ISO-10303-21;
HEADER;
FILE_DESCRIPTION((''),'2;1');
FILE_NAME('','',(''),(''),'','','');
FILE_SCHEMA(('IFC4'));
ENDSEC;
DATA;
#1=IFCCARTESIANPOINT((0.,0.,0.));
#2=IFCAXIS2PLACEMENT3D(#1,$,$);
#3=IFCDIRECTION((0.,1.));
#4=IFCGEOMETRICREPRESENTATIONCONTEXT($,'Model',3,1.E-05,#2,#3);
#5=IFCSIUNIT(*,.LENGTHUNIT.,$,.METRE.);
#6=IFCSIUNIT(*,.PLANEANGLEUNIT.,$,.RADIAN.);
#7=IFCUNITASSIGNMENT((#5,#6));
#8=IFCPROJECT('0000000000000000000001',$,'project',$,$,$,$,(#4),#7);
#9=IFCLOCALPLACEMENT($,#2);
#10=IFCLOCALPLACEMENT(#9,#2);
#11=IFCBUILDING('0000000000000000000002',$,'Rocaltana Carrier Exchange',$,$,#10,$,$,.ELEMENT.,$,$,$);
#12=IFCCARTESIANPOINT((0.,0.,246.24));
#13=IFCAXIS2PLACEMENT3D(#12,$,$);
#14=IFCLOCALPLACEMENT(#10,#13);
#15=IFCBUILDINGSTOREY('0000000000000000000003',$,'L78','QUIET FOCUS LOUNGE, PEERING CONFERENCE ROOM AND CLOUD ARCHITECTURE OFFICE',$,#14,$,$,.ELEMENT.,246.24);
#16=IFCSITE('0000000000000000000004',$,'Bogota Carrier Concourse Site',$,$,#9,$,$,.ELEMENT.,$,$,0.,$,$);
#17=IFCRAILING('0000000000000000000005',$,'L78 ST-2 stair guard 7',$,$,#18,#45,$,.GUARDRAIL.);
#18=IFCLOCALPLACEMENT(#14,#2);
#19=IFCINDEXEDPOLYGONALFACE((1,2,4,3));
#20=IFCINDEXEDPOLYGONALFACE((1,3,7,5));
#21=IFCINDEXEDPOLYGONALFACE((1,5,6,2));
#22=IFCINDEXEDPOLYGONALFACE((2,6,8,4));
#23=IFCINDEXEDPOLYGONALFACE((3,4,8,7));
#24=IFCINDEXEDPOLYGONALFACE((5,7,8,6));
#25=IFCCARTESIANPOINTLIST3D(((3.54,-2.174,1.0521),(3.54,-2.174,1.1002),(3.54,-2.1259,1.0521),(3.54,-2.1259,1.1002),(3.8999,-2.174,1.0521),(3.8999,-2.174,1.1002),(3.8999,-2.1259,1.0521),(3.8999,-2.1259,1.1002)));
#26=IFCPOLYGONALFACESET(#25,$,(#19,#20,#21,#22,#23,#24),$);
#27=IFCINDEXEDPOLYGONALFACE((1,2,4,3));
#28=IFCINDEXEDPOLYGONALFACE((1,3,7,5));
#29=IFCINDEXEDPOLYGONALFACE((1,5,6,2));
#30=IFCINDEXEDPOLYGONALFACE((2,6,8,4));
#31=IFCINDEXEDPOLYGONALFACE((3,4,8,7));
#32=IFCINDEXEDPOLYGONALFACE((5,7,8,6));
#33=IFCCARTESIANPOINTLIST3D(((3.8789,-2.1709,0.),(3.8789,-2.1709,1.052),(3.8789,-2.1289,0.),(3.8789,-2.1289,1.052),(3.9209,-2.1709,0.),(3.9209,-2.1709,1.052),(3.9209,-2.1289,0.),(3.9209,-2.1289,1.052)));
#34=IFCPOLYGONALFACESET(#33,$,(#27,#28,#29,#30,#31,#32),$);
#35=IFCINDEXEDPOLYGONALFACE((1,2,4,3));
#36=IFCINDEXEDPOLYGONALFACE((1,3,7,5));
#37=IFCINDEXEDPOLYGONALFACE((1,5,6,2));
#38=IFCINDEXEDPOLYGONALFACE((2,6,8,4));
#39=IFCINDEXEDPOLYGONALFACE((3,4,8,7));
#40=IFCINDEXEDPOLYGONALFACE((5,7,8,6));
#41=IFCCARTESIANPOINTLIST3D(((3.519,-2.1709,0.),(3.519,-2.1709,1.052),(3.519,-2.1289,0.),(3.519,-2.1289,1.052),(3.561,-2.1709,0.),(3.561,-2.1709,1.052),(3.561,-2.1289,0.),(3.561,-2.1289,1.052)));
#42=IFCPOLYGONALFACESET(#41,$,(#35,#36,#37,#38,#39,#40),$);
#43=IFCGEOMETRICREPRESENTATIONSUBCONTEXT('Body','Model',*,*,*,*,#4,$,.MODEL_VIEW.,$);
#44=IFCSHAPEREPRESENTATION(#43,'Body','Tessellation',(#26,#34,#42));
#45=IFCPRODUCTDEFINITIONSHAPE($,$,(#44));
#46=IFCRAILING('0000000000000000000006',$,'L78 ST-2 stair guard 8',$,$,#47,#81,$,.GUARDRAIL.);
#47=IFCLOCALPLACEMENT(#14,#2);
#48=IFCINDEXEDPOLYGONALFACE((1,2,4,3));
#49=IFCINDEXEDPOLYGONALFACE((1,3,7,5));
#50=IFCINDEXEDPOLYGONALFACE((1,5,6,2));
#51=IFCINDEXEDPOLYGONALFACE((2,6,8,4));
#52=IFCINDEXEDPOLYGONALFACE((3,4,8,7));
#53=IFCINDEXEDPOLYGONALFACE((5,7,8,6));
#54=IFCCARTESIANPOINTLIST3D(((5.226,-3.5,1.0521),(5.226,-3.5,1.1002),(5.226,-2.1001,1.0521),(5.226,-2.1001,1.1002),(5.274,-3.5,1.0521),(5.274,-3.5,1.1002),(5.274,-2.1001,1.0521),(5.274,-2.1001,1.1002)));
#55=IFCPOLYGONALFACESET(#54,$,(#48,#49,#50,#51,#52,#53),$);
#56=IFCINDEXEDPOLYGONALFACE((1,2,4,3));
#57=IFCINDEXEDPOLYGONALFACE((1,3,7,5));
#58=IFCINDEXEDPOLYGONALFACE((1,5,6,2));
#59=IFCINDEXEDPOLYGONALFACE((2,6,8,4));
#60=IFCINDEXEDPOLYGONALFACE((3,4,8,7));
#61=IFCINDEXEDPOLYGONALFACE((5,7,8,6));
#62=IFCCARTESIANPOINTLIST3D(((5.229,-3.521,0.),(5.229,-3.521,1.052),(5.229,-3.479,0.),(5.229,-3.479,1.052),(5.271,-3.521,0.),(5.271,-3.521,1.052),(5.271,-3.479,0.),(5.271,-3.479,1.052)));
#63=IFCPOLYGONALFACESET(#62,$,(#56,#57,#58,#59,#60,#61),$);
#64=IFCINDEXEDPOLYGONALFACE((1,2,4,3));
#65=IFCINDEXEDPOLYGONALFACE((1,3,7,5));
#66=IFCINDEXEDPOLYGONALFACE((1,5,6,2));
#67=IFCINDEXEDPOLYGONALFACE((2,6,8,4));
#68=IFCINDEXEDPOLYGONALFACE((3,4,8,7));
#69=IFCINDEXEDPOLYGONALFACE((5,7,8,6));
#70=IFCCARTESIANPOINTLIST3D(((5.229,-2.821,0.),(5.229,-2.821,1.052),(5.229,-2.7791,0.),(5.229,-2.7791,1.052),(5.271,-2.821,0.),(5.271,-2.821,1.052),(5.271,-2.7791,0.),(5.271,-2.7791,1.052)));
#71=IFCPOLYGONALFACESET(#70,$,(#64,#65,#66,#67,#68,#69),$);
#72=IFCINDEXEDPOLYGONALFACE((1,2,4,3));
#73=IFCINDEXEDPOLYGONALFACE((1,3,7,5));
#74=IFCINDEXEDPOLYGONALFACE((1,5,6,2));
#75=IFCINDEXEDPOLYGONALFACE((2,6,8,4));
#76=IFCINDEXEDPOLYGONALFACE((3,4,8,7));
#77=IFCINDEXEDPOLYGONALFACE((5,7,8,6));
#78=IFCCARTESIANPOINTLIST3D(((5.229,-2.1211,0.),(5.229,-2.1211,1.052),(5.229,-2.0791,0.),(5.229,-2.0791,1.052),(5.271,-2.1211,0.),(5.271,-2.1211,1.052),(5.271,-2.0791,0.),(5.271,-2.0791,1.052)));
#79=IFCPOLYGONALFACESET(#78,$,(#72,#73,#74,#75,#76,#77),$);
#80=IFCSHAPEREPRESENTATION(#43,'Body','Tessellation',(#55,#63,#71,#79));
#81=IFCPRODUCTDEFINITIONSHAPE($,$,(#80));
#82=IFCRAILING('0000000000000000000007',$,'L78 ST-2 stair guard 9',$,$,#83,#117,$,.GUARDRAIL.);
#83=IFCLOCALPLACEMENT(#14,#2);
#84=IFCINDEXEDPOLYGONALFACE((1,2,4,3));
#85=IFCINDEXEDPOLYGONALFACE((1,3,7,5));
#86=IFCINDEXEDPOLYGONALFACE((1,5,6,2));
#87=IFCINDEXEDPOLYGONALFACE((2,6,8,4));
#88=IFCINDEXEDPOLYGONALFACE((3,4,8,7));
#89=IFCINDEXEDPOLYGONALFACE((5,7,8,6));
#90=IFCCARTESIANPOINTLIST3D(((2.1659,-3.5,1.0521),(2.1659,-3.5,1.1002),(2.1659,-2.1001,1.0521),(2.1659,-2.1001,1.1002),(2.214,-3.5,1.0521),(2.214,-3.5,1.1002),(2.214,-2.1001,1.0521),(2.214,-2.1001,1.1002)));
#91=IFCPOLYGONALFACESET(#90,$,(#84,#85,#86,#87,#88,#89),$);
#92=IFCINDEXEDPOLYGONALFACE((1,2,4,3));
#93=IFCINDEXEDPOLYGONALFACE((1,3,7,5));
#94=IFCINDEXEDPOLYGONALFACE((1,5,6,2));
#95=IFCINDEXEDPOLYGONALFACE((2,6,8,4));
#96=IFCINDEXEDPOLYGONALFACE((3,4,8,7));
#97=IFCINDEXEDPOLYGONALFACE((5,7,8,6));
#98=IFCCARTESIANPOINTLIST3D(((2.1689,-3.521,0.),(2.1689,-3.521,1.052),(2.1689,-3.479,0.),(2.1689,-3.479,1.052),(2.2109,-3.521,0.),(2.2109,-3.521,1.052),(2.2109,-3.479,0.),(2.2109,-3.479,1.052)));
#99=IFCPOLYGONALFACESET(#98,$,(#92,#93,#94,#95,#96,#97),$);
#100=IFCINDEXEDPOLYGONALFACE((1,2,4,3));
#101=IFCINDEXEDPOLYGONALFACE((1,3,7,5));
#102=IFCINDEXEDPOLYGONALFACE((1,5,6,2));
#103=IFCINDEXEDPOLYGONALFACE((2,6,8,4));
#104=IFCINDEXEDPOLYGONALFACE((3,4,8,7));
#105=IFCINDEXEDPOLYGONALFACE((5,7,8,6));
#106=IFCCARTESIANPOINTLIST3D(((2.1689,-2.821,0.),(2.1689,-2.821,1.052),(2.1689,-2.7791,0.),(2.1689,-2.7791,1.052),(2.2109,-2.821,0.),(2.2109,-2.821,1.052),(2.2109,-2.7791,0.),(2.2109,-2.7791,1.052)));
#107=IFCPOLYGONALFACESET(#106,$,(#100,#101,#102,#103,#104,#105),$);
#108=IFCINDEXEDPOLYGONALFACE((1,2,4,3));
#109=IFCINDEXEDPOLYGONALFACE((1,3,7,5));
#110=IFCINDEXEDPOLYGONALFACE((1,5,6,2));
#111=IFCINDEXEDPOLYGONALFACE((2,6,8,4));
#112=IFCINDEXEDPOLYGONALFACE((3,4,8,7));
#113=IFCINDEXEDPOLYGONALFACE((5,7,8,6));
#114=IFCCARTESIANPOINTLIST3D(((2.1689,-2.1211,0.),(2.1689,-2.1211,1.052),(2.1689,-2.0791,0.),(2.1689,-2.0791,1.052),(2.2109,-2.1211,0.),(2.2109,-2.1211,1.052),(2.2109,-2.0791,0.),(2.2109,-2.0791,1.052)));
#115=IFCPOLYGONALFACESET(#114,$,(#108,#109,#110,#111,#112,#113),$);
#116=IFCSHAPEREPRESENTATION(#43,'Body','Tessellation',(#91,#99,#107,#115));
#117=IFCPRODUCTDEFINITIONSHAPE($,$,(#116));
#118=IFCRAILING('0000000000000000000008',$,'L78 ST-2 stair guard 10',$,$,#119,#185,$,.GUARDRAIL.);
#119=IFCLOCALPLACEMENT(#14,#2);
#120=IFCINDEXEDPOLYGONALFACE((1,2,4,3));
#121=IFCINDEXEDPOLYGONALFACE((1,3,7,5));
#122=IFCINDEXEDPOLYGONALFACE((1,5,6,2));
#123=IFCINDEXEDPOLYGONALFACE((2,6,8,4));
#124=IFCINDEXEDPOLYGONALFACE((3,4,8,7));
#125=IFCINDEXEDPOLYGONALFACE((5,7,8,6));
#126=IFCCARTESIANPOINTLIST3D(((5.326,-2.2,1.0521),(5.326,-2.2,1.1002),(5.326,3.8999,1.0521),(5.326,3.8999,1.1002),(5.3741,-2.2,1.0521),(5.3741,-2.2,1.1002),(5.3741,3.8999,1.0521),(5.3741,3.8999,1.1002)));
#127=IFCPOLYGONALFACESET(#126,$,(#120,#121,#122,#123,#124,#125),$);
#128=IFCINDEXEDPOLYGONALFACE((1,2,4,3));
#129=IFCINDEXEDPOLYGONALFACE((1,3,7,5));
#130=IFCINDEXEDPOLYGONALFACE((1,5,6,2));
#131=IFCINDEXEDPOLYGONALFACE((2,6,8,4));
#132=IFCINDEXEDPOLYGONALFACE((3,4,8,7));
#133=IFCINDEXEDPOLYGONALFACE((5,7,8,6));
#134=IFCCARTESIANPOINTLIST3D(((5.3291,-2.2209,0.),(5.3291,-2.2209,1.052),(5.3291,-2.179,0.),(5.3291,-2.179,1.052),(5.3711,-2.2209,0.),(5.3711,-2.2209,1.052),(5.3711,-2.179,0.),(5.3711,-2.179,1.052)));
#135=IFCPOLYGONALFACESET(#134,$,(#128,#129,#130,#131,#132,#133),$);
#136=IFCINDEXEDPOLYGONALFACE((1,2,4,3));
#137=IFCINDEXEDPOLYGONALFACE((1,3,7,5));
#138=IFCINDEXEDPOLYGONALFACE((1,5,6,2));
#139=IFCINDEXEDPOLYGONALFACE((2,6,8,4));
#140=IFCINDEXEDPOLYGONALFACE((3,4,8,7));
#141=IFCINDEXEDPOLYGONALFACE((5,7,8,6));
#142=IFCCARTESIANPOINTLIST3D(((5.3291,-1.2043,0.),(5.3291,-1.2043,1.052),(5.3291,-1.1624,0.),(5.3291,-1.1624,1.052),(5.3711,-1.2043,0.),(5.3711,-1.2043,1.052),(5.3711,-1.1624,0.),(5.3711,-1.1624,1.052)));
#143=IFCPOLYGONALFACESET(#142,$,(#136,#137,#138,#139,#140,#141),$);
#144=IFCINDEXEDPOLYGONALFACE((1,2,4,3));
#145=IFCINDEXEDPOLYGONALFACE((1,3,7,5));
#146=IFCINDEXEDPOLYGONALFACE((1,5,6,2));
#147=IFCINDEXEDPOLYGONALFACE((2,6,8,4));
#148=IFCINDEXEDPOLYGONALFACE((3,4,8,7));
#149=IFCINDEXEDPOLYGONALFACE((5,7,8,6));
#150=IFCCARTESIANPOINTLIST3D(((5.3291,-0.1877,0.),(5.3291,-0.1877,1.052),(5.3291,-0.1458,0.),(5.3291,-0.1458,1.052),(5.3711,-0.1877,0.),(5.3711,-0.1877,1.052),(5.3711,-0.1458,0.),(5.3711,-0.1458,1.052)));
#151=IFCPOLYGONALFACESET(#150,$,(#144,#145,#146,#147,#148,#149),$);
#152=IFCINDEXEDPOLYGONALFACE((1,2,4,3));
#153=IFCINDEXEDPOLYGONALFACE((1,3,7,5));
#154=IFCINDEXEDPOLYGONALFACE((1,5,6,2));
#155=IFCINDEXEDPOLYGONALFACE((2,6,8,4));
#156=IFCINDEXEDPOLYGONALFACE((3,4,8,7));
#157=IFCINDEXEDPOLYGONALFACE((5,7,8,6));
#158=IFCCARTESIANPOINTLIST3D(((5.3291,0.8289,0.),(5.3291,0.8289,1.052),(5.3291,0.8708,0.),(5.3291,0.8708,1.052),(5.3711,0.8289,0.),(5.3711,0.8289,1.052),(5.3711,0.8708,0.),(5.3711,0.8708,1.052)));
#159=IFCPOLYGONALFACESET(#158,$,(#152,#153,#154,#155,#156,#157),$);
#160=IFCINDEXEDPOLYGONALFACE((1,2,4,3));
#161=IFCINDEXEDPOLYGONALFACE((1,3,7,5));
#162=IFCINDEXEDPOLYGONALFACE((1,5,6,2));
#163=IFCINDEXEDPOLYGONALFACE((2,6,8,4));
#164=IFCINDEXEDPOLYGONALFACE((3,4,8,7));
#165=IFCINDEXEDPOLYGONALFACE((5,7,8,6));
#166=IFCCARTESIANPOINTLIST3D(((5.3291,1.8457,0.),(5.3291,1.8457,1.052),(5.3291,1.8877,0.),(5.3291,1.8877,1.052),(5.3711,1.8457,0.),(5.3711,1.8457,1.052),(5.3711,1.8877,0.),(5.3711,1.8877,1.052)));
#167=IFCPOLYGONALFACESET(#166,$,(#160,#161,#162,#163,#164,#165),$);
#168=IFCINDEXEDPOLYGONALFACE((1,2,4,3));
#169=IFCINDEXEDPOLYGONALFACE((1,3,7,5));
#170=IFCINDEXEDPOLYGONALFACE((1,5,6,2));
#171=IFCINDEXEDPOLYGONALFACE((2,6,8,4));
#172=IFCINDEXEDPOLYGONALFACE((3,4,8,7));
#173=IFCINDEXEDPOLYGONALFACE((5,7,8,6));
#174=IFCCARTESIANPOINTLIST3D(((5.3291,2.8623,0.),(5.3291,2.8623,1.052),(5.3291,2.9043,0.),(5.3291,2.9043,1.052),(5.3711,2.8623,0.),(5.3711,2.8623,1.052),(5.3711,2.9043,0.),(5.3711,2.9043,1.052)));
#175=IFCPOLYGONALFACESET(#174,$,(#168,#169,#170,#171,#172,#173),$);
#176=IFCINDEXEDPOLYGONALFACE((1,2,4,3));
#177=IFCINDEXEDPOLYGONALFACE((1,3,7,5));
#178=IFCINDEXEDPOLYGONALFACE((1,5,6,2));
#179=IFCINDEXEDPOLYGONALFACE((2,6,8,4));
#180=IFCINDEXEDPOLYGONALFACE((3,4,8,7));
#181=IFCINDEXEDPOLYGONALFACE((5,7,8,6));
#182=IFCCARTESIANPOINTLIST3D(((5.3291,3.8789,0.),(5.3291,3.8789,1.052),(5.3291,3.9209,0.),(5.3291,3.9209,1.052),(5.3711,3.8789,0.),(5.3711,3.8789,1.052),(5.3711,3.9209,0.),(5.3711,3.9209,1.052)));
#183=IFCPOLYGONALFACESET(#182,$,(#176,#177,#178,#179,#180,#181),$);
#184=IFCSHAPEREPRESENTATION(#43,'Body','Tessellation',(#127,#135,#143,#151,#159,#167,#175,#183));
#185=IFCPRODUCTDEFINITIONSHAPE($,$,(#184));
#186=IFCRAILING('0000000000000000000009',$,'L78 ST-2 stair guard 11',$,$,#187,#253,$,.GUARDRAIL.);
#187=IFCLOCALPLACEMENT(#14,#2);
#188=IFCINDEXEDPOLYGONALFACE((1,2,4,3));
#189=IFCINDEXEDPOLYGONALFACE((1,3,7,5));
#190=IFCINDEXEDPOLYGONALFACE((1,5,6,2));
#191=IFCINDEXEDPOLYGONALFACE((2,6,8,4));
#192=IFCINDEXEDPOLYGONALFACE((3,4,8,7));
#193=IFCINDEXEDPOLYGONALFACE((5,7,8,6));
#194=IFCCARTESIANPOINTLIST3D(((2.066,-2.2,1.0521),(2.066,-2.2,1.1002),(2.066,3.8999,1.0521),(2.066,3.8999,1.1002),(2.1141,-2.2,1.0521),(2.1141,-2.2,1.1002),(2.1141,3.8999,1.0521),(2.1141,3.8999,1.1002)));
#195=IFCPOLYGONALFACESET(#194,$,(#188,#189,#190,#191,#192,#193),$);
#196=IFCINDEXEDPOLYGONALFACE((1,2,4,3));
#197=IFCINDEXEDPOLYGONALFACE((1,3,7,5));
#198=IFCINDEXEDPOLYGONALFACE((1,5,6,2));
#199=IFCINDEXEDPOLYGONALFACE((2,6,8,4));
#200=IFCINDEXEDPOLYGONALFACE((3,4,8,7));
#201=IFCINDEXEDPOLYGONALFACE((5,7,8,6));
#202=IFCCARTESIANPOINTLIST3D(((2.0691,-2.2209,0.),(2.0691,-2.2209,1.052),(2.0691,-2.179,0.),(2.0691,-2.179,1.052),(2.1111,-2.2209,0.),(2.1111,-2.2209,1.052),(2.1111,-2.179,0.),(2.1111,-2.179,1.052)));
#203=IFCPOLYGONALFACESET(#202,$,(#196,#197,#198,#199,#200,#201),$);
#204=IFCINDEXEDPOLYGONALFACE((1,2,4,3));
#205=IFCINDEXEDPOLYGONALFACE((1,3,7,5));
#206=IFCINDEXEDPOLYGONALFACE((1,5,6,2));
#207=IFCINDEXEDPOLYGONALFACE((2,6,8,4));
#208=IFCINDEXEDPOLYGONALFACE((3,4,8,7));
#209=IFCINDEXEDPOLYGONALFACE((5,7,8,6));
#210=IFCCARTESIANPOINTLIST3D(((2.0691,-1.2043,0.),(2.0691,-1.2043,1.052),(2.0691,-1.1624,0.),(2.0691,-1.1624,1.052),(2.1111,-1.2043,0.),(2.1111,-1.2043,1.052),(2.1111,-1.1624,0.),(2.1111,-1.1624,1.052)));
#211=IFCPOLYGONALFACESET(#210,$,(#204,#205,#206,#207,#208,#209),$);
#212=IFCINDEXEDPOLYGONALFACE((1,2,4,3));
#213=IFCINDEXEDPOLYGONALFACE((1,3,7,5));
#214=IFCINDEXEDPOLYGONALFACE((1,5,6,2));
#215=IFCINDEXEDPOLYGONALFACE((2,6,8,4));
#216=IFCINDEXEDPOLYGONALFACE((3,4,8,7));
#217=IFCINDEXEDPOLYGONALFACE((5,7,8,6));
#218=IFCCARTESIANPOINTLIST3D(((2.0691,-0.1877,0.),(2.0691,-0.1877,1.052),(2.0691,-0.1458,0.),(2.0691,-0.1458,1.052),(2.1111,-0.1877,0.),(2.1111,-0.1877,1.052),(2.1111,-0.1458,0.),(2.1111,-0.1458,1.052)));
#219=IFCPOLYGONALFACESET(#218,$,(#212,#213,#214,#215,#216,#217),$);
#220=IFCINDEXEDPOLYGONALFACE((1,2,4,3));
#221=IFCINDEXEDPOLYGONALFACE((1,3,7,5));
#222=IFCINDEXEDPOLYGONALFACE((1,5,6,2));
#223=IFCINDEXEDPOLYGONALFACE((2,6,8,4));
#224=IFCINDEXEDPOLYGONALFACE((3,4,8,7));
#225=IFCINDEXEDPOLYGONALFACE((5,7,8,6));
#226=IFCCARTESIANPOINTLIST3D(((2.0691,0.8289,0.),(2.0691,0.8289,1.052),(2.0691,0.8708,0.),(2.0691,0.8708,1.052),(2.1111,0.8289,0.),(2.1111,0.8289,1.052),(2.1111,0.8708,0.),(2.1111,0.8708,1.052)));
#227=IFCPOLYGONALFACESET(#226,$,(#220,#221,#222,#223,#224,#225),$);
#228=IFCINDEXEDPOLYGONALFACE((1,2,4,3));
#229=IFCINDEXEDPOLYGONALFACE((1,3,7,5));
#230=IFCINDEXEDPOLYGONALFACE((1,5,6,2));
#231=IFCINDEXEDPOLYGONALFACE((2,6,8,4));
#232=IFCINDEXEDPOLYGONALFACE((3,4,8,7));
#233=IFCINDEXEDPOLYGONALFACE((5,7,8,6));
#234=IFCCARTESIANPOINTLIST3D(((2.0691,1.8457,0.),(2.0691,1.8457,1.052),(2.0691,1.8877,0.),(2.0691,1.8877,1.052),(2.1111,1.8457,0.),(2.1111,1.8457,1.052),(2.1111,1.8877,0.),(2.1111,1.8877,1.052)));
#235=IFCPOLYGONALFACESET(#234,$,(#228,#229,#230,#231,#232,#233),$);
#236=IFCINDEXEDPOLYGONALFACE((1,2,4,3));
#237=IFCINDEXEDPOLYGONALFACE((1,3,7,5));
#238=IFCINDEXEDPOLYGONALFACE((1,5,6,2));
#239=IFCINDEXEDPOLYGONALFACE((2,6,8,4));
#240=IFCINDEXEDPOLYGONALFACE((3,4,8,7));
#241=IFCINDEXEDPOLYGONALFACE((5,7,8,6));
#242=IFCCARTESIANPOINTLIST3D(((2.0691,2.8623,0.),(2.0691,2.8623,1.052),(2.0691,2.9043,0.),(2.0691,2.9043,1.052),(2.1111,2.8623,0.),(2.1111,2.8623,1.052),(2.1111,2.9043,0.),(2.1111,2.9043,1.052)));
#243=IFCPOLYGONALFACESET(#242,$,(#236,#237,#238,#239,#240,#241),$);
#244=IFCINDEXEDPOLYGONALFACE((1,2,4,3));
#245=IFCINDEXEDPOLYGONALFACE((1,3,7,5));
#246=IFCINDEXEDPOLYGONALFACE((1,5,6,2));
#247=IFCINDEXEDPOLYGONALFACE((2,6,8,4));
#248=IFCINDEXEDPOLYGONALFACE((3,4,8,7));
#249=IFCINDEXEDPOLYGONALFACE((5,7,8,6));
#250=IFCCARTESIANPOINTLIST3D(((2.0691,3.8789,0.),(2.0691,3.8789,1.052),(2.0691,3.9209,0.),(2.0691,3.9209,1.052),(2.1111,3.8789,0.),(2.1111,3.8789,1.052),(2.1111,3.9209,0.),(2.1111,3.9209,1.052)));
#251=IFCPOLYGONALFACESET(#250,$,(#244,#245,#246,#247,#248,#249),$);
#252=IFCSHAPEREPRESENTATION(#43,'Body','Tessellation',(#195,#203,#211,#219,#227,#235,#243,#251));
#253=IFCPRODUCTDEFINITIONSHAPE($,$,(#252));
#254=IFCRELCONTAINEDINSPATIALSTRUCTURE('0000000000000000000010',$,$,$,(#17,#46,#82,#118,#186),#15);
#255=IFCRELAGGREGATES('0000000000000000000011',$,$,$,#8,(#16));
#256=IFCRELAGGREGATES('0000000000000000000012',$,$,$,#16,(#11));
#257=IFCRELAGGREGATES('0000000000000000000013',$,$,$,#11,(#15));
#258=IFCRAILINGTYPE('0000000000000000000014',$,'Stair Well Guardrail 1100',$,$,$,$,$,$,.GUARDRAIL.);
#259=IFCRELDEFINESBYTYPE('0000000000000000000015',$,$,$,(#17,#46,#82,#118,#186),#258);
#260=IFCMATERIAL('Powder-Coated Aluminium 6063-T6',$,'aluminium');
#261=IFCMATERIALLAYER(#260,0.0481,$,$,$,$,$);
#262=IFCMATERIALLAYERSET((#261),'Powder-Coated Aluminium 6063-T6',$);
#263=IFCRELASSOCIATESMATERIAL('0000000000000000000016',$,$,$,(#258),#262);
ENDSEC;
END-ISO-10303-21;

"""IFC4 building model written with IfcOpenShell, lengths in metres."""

from ifc_helpers import new_model, si_unit, direction, frame, origin, origin_2d, place, context, subcontext, project, spatial, rectangle, extrude, material, layer, layer_set, type_object, element, save


model = new_model("IFC4")

# Units and contexts
model_context = context("Model", 3, precision=1e-05, world=origin(), true_north=direction((0.0, 1.0)))
body_context = subcontext(model_context, "Body", "Model", "MODEL_VIEW")
ifc_project = project(units=[si_unit("LENGTHUNIT", "METRE"), si_unit("PLANEANGLEUNIT", "RADIAN")], contexts=[model_context])

# Site, building, storey
site_placement = place(None, origin())
site = spatial("IfcSite", under=ifc_project, at=site_placement, Name="Bogota Carrier Concourse Site", CompositionType="ELEMENT", RefElevation=0.0)
building_placement = place(site_placement, origin())
building = spatial("IfcBuilding", under=site, at=building_placement, Name="Rocaltana Carrier Exchange", CompositionType="ELEMENT")
storey_placement = place(building_placement, frame((0.0, 0.0, 246.24)))
storey = spatial("IfcBuildingStorey", under=building, at=storey_placement, Name="L78", Description="QUIET FOCUS LOUNGE, PEERING CONFERENCE ROOM AND CLOUD ARCHITECTURE OFFICE", CompositionType="ELEMENT", Elevation=246.24)

# Railings
ifc_material_1 = material(Name="Powder-Coated Aluminium 6063-T6", Category="aluminium")
ifc_layer_1 = layer(ifc_material_1, 0.0481)
ifc_layer_set_1 = layer_set([ifc_layer_1], Name="Powder-Coated Aluminium 6063-T6")
railing_type_1 = type_object("IfcRailingType", Name="Stair Well Guardrail 1100", PredefinedType="GUARDRAIL", material=ifc_layer_set_1)
railing_1_placement = place(storey_placement, frame((3.8999, -2.1499, 0.0)))
element("IfcRailing", 1, at=railing_1_placement, inside=storey, type_object=railing_type_1, Name="L78 ST-2 stair guard 7", PredefinedType="GUARDRAIL", context=body_context, shape_type="SweptSolid", body=[
    extrude(rectangle(XDim=0.0481, YDim=0.0481, at=origin_2d()), frame((0.0, 0.0, 1.0762), z_axis=(-1.0, 0.0, 0.0), x_axis=(0.0, -1.0, 0.0)), (0.0, 0.0, 1.0), 0.3599),
    extrude(rectangle(XDim=0.042, YDim=0.042, at=origin_2d()), origin(), (0.0, 0.0, 1.0), 1.052),
    extrude(rectangle(XDim=0.042, YDim=0.042, at=origin_2d()), frame((-0.3599, 0.0, 0.0)), (0.0, 0.0, 1.0), 1.052),
])
for number, where, name in (
    (2, (5.25, -3.5, 0.0), "L78 ST-2 stair guard 8"),
    (3, (2.1899, -3.5, 0.0), "L78 ST-2 stair guard 9"),
):
    element("IfcRailing", number, at=place(storey_placement, frame(where)), inside=storey, type_object=railing_type_1, Name=name, PredefinedType="GUARDRAIL", context=body_context, shape_type="SweptSolid", body=[
        extrude(rectangle(XDim=0.0481, YDim=0.0481, at=origin_2d()), frame((0.0, 0.0, 1.0762), z_axis=(0.0, 1.0, 0.0), x_axis=(-1.0, 0.0, 0.0)), (0.0, 0.0, 1.0), 1.3999),
        extrude(rectangle(XDim=0.042, YDim=0.042, at=origin_2d()), origin(), (0.0, 0.0, 1.0), 1.052),
        extrude(rectangle(XDim=0.042, YDim=0.042, at=origin_2d()), frame((0.0, 0.7, 0.0)), (0.0, 0.0, 1.0), 1.052),
        extrude(rectangle(XDim=0.042, YDim=0.042, at=origin_2d()), frame((0.0, 1.3999, 0.0)), (0.0, 0.0, 1.0), 1.052),
    ])
for number, where, name in (
    (4, (5.3501, -2.2, 0.0), "L78 ST-2 stair guard 10"),
    (5, (2.0901, -2.2, 0.0), "L78 ST-2 stair guard 11"),
):
    element("IfcRailing", number, at=place(storey_placement, frame(where)), inside=storey, type_object=railing_type_1, Name=name, PredefinedType="GUARDRAIL", context=body_context, shape_type="SweptSolid", body=[
        extrude(rectangle(XDim=0.0481, YDim=0.0481, at=origin_2d()), frame((0.0, 0.0, 1.0762), z_axis=(0.0, 1.0, 0.0), x_axis=(-1.0, 0.0, 0.0)), (0.0, 0.0, 1.0), 6.0999),
        extrude(rectangle(XDim=0.042, YDim=0.042, at=origin_2d()), origin(), (0.0, 0.0, 1.0), 1.052),
        extrude(rectangle(XDim=0.042, YDim=0.042, at=origin_2d()), frame((0.0, 1.0166, 0.0)), (0.0, 0.0, 1.0), 1.052),
        extrude(rectangle(XDim=0.042, YDim=0.042, at=origin_2d()), frame((0.0, 2.0332, 0.0)), (0.0, 0.0, 1.0), 1.052),
        extrude(rectangle(XDim=0.042, YDim=0.042, at=origin_2d()), frame((0.0, 3.0498, 0.0)), (0.0, 0.0, 1.0), 1.052),
        extrude(rectangle(XDim=0.042, YDim=0.042, at=origin_2d()), frame((0.0, 4.0667, 0.0)), (0.0, 0.0, 1.0), 1.052),
        extrude(rectangle(XDim=0.042, YDim=0.042, at=origin_2d()), frame((0.0, 5.0833, 0.0)), (0.0, 0.0, 1.0), 1.052),
        extrude(rectangle(XDim=0.042, YDim=0.042, at=origin_2d()), frame((0.0, 6.0999, 0.0)), (0.0, 0.0, 1.0), 1.052),
    ])

save(model, "model.ifc")
